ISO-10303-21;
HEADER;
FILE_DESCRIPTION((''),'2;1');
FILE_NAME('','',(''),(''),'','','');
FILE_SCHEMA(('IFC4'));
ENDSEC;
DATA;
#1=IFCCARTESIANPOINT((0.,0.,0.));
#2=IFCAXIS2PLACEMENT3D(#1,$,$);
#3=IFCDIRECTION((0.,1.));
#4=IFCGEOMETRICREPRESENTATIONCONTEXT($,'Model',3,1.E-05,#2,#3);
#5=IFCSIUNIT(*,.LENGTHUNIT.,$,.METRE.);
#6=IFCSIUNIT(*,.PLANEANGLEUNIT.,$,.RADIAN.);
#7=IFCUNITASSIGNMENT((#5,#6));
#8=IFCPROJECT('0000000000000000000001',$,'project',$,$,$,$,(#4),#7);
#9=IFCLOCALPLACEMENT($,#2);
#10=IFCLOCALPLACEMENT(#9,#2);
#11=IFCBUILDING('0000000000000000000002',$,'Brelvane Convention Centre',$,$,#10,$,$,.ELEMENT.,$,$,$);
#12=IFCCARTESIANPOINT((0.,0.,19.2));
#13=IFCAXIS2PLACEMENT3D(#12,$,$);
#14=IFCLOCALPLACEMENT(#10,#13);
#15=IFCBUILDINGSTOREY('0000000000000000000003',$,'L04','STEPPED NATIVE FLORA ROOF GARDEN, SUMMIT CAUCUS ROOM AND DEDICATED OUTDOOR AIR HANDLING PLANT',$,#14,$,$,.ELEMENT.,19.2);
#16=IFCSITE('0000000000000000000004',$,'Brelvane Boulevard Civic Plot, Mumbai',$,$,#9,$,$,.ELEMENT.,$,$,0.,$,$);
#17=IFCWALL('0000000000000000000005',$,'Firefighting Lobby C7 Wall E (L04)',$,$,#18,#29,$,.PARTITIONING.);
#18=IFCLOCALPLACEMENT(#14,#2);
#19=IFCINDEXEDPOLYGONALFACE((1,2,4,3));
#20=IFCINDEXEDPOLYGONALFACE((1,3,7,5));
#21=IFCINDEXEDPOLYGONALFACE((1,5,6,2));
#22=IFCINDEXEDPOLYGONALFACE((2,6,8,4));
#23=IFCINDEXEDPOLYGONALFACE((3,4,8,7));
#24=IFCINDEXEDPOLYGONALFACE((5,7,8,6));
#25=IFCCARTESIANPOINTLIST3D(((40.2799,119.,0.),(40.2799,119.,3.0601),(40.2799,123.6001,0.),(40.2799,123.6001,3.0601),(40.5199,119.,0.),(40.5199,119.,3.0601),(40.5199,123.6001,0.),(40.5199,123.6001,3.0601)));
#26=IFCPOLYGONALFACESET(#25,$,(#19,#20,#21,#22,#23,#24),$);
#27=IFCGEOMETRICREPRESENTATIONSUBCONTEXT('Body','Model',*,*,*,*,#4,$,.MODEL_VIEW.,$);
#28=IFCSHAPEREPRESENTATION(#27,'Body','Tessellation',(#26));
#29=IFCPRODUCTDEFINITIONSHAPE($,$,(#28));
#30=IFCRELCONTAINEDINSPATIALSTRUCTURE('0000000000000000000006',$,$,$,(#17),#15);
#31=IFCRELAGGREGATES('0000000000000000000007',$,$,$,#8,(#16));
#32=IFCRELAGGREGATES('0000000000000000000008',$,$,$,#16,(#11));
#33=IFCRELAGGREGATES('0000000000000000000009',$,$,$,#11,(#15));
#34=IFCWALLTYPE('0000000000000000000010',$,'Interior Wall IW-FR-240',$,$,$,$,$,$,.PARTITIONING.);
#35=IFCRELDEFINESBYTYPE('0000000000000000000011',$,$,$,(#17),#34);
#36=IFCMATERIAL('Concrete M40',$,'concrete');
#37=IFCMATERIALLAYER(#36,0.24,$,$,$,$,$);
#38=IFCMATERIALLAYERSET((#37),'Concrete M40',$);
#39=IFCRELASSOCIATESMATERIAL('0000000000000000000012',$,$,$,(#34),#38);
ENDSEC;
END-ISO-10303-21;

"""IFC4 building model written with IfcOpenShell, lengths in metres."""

from ifc_helpers import new_model, si_unit, direction, frame, frame_2d, origin, place, context, subcontext, project, spatial, rectangle, extrude, material, layer, layer_set, type_object, element, save


model = new_model("IFC4")

# Units and contexts
model_context = context("Model", 3, precision=1e-05, world=origin(), true_north=direction((0.0, 1.0)))
body_context = subcontext(model_context, "Body", "Model", "MODEL_VIEW")
ifc_project = project(units=[si_unit("LENGTHUNIT", "METRE"), si_unit("PLANEANGLEUNIT", "RADIAN")], contexts=[model_context])

# Site, building, storey
site_placement = place(None, origin())
site = spatial("IfcSite", under=ifc_project, at=site_placement, Name="Brelvane Boulevard Civic Plot, Mumbai", CompositionType="ELEMENT", RefElevation=0.0)
building_placement = place(site_placement, origin())
building = spatial("IfcBuilding", under=site, at=building_placement, Name="Brelvane Convention Centre", CompositionType="ELEMENT")
storey_placement = place(building_placement, frame((0.0, 0.0, 19.2)))
storey = spatial("IfcBuildingStorey", under=building, at=storey_placement, Name="L04", Description="STEPPED NATIVE FLORA ROOF GARDEN, SUMMIT CAUCUS ROOM AND DEDICATED OUTDOOR AIR HANDLING PLANT", CompositionType="ELEMENT", Elevation=19.2)

# Wall
ifc_material_1 = material(Name="Concrete M40", Category="concrete")
ifc_layer_1 = layer(ifc_material_1, 0.24)
ifc_layer_set_1 = layer_set([ifc_layer_1], Name="Concrete M40")
wall_type_1 = type_object("IfcWallType", Name="Interior Wall IW-FR-240", PredefinedType="PARTITIONING", material=ifc_layer_set_1)
wall_1_placement = place(storey_placement, frame((40.3999, 119.0, 0.0), z_axis=(0.0, 0.0, 1.0), x_axis=(0.0, 1.0, 0.0)))
element("IfcWall", 1, at=wall_1_placement, inside=storey, type_object=wall_type_1, Name="Firefighting Lobby C7 Wall E (L04)", PredefinedType="PARTITIONING", context=body_context, shape_type="SweptSolid", body=[
    extrude(rectangle(XDim=4.6001, YDim=0.24, at=frame_2d((2.3, 0.0))), origin(), (0.0, 0.0, 1.0), 3.0601),
])

save(model, "model.ifc")
